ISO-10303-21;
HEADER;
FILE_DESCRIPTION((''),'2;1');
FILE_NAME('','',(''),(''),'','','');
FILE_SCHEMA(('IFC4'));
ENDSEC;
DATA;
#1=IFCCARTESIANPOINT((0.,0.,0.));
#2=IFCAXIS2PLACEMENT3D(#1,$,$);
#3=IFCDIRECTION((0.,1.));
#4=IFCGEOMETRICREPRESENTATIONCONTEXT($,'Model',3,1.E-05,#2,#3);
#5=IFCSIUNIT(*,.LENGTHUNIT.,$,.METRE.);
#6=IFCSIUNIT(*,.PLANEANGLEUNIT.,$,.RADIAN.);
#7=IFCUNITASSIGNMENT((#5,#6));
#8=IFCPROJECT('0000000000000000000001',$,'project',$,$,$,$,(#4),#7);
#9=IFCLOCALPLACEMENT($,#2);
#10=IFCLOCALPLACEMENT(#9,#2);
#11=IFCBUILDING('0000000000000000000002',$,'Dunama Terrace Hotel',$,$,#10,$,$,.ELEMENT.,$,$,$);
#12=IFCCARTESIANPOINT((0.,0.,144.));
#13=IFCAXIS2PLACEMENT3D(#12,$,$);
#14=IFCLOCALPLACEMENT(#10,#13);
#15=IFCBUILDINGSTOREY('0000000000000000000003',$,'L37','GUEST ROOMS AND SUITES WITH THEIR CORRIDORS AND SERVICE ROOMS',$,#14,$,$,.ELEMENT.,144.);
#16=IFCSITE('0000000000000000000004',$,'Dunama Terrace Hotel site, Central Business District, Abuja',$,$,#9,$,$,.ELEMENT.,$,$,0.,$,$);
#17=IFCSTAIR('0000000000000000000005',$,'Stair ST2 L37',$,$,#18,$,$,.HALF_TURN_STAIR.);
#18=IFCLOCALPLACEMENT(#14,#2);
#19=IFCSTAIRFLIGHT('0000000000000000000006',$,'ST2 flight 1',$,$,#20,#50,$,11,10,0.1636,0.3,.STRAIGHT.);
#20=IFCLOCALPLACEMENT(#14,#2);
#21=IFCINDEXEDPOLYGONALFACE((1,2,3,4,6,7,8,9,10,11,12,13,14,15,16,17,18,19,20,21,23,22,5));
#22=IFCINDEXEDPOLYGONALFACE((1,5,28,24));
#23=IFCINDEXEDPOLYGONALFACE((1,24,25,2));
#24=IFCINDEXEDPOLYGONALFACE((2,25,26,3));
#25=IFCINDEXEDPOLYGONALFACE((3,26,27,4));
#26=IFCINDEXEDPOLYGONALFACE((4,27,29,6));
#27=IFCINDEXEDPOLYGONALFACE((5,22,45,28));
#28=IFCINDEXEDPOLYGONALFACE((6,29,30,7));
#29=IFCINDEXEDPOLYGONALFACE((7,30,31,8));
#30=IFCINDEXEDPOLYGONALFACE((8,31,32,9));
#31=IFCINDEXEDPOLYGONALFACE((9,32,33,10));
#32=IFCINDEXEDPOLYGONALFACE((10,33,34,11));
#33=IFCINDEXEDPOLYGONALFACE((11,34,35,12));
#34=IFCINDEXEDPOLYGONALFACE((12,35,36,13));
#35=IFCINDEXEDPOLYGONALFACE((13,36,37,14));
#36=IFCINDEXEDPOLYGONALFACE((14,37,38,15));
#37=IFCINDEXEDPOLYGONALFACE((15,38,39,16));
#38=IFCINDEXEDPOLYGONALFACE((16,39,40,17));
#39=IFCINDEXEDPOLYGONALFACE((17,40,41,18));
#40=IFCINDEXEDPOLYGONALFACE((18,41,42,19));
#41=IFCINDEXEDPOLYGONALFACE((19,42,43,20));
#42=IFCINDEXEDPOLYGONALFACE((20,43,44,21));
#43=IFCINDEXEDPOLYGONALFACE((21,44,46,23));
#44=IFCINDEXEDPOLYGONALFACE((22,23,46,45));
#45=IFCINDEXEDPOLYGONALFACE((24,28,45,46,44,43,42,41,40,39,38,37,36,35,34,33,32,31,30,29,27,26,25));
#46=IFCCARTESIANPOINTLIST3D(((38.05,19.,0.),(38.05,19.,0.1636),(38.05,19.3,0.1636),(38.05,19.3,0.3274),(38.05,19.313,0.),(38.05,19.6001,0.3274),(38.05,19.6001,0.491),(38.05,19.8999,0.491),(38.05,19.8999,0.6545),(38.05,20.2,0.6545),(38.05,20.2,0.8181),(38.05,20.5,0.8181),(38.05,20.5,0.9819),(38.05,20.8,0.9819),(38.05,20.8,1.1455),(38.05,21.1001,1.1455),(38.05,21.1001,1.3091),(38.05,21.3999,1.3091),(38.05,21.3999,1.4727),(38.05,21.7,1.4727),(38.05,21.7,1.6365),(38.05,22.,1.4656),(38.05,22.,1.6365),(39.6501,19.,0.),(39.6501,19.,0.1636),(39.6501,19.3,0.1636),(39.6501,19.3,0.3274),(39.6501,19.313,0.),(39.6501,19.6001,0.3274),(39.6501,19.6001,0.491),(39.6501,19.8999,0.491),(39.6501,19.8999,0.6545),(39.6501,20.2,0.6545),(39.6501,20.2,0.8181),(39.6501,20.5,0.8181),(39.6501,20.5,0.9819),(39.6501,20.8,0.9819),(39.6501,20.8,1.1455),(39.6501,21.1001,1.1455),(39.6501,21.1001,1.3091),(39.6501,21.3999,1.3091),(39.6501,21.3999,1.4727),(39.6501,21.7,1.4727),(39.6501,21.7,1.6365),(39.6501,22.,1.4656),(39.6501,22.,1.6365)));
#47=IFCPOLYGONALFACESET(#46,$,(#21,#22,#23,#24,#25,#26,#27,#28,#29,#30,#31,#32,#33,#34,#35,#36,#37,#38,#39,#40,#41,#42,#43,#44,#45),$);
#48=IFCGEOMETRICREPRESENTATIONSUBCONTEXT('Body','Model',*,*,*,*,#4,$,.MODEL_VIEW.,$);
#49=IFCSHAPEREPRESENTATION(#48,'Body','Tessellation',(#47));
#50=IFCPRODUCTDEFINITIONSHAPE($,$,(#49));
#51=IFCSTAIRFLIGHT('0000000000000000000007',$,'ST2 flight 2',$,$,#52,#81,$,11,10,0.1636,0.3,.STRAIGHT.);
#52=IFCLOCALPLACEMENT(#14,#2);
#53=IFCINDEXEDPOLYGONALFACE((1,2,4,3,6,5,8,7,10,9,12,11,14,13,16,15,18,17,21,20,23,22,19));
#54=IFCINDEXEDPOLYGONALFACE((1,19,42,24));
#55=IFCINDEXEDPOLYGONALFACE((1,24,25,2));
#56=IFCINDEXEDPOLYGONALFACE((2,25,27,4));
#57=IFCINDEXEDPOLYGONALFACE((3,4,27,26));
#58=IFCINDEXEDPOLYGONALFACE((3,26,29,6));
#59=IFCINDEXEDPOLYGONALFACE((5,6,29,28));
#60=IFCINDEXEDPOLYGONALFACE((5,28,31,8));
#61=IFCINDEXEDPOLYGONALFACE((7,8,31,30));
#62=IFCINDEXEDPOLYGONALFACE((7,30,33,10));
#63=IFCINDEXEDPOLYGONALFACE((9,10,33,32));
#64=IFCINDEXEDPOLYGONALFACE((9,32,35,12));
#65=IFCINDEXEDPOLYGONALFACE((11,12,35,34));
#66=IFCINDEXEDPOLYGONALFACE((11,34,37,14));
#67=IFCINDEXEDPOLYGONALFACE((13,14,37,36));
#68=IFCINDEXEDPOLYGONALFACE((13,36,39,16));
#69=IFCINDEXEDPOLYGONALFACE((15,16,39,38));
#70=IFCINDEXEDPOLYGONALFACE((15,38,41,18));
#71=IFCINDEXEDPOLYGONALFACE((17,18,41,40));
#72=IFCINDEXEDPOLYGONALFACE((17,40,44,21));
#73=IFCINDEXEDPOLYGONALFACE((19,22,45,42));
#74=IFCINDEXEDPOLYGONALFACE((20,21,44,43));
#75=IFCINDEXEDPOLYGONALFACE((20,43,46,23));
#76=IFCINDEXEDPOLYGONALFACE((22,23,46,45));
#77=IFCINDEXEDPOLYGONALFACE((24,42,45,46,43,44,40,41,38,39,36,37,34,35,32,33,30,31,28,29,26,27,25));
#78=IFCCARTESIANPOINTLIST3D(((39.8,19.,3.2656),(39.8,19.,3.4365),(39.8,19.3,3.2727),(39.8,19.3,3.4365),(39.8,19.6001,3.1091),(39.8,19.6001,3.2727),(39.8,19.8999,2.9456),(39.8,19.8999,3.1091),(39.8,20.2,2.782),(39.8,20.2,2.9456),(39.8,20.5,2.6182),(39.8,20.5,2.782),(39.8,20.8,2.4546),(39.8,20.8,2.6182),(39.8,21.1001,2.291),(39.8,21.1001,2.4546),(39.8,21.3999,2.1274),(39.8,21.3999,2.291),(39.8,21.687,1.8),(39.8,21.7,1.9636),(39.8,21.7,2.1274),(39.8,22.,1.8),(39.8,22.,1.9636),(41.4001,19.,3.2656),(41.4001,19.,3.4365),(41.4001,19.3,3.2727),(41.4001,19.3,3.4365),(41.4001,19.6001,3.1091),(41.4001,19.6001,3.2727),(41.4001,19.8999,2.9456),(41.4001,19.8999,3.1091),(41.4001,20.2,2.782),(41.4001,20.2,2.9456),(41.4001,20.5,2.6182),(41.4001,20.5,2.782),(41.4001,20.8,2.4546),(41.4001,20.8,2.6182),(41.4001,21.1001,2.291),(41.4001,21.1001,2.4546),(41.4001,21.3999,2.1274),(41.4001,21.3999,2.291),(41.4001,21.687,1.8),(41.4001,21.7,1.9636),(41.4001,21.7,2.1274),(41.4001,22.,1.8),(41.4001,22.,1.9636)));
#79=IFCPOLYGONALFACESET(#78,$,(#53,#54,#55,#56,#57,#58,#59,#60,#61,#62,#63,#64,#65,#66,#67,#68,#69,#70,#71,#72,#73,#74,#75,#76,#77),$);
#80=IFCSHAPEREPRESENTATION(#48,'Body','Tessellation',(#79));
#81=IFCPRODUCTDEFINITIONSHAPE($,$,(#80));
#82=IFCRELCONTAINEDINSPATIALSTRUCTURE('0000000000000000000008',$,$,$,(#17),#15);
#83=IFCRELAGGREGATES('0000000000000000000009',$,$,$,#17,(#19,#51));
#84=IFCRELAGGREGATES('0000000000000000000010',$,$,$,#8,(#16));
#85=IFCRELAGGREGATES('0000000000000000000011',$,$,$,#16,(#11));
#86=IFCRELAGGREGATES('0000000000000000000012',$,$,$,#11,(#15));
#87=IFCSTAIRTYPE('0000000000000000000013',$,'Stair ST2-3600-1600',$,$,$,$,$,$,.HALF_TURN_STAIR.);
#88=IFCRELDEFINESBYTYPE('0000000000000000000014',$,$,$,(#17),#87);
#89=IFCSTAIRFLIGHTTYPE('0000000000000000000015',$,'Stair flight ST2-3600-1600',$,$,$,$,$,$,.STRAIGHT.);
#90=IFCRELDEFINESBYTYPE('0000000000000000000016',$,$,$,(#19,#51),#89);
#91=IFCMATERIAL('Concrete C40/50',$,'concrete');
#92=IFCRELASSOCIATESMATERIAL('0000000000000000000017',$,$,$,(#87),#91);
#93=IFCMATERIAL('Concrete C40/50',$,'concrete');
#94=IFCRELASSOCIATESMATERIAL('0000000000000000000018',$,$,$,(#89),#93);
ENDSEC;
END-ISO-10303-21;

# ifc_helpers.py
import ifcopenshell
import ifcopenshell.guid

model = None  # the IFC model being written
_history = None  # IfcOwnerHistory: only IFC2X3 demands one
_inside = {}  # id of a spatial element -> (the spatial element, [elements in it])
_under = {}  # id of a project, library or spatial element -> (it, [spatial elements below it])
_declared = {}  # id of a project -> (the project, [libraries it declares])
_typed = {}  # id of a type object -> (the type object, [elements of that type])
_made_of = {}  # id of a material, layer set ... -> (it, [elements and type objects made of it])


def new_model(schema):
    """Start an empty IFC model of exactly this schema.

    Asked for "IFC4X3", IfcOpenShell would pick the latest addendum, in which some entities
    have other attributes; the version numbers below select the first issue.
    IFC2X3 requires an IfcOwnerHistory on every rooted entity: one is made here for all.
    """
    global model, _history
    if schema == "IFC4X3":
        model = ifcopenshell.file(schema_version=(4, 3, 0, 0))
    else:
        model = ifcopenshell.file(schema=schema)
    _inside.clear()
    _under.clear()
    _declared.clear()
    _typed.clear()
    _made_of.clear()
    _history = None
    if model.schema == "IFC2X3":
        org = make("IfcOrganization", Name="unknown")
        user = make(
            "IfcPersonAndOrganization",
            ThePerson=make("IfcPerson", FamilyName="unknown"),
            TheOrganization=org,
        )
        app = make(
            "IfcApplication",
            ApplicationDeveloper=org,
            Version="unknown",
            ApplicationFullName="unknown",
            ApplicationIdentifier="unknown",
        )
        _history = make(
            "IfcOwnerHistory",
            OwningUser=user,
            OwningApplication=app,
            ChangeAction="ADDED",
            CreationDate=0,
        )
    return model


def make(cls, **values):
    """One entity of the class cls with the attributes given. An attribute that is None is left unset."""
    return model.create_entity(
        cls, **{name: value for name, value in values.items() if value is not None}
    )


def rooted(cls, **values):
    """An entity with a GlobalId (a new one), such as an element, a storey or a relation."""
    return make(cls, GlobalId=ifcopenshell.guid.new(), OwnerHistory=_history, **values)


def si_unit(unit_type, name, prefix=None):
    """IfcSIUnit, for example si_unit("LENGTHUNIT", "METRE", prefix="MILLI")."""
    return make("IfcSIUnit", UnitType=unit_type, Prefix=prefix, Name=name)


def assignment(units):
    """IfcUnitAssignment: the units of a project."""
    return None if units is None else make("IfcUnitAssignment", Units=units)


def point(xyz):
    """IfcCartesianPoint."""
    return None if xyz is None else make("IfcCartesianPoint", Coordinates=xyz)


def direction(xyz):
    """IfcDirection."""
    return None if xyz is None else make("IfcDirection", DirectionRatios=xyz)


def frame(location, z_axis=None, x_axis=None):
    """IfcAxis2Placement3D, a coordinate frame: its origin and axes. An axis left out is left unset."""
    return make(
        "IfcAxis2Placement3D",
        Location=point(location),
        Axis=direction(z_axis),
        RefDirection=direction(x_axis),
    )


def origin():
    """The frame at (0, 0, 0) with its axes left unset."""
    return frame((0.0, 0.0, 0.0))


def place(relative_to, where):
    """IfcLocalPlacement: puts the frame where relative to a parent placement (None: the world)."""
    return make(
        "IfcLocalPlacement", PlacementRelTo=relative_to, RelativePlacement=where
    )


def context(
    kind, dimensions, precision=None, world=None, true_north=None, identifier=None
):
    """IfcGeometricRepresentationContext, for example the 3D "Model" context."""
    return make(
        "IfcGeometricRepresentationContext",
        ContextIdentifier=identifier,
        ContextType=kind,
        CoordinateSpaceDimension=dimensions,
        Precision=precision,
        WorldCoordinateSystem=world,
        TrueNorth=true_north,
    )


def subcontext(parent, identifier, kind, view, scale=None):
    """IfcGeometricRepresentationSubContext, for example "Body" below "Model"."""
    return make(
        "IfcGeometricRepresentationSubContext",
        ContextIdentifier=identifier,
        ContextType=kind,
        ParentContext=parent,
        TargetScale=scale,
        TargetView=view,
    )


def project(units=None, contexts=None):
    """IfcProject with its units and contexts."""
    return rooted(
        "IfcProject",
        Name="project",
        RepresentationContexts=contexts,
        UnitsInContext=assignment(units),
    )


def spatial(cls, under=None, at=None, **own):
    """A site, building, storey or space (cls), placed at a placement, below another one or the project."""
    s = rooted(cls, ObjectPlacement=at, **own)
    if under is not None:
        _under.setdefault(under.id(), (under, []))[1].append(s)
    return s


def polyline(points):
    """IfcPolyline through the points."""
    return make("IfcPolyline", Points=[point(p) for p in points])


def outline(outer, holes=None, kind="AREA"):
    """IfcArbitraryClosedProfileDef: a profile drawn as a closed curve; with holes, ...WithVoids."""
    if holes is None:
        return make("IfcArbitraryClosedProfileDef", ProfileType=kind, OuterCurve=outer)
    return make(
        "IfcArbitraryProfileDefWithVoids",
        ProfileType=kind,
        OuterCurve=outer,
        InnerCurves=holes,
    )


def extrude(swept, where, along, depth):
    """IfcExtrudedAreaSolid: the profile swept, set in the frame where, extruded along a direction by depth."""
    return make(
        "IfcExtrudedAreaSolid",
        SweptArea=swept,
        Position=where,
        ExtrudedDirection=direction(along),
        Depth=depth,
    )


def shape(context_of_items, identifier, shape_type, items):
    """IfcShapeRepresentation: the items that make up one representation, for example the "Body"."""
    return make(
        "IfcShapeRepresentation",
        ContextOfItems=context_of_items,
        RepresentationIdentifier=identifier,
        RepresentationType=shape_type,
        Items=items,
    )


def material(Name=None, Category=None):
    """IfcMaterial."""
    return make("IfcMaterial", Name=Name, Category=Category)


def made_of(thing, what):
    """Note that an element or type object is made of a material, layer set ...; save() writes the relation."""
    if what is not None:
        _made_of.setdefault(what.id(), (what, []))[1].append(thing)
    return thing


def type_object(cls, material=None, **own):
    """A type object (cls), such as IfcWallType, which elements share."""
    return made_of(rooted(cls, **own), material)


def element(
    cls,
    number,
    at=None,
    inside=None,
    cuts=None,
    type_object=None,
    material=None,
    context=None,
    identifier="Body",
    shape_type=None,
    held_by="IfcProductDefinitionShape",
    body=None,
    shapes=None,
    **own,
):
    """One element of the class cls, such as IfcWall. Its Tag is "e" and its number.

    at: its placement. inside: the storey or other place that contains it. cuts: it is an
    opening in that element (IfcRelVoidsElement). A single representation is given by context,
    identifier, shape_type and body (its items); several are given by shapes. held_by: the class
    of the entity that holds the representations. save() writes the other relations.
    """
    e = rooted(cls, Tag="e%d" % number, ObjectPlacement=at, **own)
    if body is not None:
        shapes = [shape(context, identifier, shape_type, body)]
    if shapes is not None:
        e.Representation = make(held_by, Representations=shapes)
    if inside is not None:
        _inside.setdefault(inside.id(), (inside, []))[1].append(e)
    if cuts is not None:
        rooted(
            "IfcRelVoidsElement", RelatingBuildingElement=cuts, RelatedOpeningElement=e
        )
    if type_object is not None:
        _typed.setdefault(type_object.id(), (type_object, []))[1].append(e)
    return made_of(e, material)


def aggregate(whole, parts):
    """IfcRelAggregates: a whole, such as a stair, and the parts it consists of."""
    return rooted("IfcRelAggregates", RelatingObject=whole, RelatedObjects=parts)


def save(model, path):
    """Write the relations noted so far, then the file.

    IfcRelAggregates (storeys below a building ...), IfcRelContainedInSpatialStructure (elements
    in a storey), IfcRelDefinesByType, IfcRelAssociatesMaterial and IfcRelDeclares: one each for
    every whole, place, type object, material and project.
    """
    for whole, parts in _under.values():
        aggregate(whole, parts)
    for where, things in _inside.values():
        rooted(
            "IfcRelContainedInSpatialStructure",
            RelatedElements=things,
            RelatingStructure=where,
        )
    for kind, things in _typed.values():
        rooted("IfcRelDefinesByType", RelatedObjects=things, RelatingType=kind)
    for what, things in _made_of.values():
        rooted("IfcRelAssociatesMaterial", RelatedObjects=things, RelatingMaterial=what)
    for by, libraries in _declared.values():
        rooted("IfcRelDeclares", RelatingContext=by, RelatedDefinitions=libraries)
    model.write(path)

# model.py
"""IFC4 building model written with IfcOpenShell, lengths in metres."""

from ifc_helpers import new_model, si_unit, direction, frame, origin, place, context, subcontext, project, spatial, polyline, outline, extrude, material, type_object, element, aggregate, save


model = new_model("IFC4")

# Units and contexts
model_context = context("Model", 3, precision=1e-05, world=origin(), true_north=direction((0.0, 1.0)))
body_context = subcontext(model_context, "Body", "Model", "MODEL_VIEW")
ifc_project = project(units=[si_unit("LENGTHUNIT", "METRE"), si_unit("PLANEANGLEUNIT", "RADIAN")], contexts=[model_context])

# Site, building, storey
site_placement = place(None, origin())
site = spatial("IfcSite", under=ifc_project, at=site_placement, Name="Dunama Terrace Hotel site, Central Business District, Abuja", CompositionType="ELEMENT", RefElevation=0.0)
building_placement = place(site_placement, origin())
building = spatial("IfcBuilding", under=site, at=building_placement, Name="Dunama Terrace Hotel", CompositionType="ELEMENT")
storey_placement = place(building_placement, frame((0.0, 0.0, 144.0)))
storey = spatial("IfcBuildingStorey", under=building, at=storey_placement, Name="L37", Description="GUEST ROOMS AND SUITES WITH THEIR CORRIDORS AND SERVICE ROOMS", CompositionType="ELEMENT", Elevation=144.0)

# Stair, stair flights
ifc_material_1 = material(Name="Concrete C40/50", Category="concrete")
stair_type = type_object("IfcStairType", Name="Stair ST2-3600-1600", PredefinedType="HALF_TURN_STAIR", material=ifc_material_1)
stair_placement = place(storey_placement, origin())
stair = element("IfcStair", 1, at=stair_placement, inside=storey, type_object=stair_type, Name="Stair ST2 L37", PredefinedType="HALF_TURN_STAIR")
ifc_material_2 = material(Name="Concrete C40/50", Category="concrete")
stair_flight_type = type_object("IfcStairFlightType", Name="Stair flight ST2-3600-1600", PredefinedType="STRAIGHT", material=ifc_material_2)
stair_flight_1_placement = place(storey_placement, frame((38.8501, 19.0, 0.0), z_axis=(0.0, 0.0, 1.0), x_axis=(0.0, 1.0, 0.0)))
stair_flight_1 = element("IfcStairFlight", 2, at=stair_flight_1_placement, type_object=stair_flight_type, Name="ST2 flight 1", NumberOfRisers=11, NumberOfTreads=10, PredefinedType="STRAIGHT", RiserHeight=0.1636, TreadLength=0.3, context=body_context, shape_type="SweptSolid", body=[
    extrude(outline(polyline([(0.0, 0.0), (0.0, 0.1636), (0.3, 0.1636), (0.3, 0.3274), (0.6001, 0.3274), (0.6001, 0.491), (0.8999, 0.491), (0.8999, 0.6545), (1.2, 0.6545), (1.2, 0.8181), (1.5, 0.8181), (1.5, 0.9819), (1.8, 0.9819), (1.8, 1.1455), (2.1001, 1.1455), (2.1001, 1.3091), (2.3999, 1.3091), (2.3999, 1.4727), (2.7, 1.4727), (2.7, 1.6365), (3.0, 1.6365), (3.0, 1.8), (3.0, 1.4656), (0.313, 0.0), (0.0, 0.0)])), frame((0.0, 0.8, 0.0), z_axis=(0.0, -1.0, 0.0), x_axis=(1.0, 0.0, 0.0)), (0.0, 0.0, 1.0), 1.6001),
])
stair_flight_2_placement = place(storey_placement, frame((40.6001, 22.0, 1.8), z_axis=(0.0, 0.0, 1.0), x_axis=(0.0, -1.0, 0.0)))
stair_flight_2 = element("IfcStairFlight", 3, at=stair_flight_2_placement, type_object=stair_flight_type, Name="ST2 flight 2", NumberOfRisers=11, NumberOfTreads=10, PredefinedType="STRAIGHT", RiserHeight=0.1636, TreadLength=0.3, context=body_context, shape_type="SweptSolid", body=[
    extrude(outline(polyline([(0.0, 0.0), (0.0, 0.1636), (0.3, 0.1636), (0.3, 0.3274), (0.6001, 0.3274), (0.6001, 0.491), (0.8999, 0.491), (0.8999, 0.6545), (1.2, 0.6545), (1.2, 0.8181), (1.5, 0.8181), (1.5, 0.9819), (1.8, 0.9819), (1.8, 1.1455), (2.1001, 1.1455), (2.1001, 1.3091), (2.3999, 1.3091), (2.3999, 1.4727), (2.7, 1.4727), (2.7, 1.6365), (3.0, 1.6365), (3.0, 1.8), (3.0, 1.4656), (0.313, 0.0), (0.0, 0.0)])), frame((0.0, 0.8, 0.0), z_axis=(0.0, -1.0, 0.0), x_axis=(1.0, 0.0, 0.0)), (0.0, 0.0, 1.0), 1.6001),
])
aggregate(stair, [stair_flight_1, stair_flight_2])

save(model, "model.ifc")
